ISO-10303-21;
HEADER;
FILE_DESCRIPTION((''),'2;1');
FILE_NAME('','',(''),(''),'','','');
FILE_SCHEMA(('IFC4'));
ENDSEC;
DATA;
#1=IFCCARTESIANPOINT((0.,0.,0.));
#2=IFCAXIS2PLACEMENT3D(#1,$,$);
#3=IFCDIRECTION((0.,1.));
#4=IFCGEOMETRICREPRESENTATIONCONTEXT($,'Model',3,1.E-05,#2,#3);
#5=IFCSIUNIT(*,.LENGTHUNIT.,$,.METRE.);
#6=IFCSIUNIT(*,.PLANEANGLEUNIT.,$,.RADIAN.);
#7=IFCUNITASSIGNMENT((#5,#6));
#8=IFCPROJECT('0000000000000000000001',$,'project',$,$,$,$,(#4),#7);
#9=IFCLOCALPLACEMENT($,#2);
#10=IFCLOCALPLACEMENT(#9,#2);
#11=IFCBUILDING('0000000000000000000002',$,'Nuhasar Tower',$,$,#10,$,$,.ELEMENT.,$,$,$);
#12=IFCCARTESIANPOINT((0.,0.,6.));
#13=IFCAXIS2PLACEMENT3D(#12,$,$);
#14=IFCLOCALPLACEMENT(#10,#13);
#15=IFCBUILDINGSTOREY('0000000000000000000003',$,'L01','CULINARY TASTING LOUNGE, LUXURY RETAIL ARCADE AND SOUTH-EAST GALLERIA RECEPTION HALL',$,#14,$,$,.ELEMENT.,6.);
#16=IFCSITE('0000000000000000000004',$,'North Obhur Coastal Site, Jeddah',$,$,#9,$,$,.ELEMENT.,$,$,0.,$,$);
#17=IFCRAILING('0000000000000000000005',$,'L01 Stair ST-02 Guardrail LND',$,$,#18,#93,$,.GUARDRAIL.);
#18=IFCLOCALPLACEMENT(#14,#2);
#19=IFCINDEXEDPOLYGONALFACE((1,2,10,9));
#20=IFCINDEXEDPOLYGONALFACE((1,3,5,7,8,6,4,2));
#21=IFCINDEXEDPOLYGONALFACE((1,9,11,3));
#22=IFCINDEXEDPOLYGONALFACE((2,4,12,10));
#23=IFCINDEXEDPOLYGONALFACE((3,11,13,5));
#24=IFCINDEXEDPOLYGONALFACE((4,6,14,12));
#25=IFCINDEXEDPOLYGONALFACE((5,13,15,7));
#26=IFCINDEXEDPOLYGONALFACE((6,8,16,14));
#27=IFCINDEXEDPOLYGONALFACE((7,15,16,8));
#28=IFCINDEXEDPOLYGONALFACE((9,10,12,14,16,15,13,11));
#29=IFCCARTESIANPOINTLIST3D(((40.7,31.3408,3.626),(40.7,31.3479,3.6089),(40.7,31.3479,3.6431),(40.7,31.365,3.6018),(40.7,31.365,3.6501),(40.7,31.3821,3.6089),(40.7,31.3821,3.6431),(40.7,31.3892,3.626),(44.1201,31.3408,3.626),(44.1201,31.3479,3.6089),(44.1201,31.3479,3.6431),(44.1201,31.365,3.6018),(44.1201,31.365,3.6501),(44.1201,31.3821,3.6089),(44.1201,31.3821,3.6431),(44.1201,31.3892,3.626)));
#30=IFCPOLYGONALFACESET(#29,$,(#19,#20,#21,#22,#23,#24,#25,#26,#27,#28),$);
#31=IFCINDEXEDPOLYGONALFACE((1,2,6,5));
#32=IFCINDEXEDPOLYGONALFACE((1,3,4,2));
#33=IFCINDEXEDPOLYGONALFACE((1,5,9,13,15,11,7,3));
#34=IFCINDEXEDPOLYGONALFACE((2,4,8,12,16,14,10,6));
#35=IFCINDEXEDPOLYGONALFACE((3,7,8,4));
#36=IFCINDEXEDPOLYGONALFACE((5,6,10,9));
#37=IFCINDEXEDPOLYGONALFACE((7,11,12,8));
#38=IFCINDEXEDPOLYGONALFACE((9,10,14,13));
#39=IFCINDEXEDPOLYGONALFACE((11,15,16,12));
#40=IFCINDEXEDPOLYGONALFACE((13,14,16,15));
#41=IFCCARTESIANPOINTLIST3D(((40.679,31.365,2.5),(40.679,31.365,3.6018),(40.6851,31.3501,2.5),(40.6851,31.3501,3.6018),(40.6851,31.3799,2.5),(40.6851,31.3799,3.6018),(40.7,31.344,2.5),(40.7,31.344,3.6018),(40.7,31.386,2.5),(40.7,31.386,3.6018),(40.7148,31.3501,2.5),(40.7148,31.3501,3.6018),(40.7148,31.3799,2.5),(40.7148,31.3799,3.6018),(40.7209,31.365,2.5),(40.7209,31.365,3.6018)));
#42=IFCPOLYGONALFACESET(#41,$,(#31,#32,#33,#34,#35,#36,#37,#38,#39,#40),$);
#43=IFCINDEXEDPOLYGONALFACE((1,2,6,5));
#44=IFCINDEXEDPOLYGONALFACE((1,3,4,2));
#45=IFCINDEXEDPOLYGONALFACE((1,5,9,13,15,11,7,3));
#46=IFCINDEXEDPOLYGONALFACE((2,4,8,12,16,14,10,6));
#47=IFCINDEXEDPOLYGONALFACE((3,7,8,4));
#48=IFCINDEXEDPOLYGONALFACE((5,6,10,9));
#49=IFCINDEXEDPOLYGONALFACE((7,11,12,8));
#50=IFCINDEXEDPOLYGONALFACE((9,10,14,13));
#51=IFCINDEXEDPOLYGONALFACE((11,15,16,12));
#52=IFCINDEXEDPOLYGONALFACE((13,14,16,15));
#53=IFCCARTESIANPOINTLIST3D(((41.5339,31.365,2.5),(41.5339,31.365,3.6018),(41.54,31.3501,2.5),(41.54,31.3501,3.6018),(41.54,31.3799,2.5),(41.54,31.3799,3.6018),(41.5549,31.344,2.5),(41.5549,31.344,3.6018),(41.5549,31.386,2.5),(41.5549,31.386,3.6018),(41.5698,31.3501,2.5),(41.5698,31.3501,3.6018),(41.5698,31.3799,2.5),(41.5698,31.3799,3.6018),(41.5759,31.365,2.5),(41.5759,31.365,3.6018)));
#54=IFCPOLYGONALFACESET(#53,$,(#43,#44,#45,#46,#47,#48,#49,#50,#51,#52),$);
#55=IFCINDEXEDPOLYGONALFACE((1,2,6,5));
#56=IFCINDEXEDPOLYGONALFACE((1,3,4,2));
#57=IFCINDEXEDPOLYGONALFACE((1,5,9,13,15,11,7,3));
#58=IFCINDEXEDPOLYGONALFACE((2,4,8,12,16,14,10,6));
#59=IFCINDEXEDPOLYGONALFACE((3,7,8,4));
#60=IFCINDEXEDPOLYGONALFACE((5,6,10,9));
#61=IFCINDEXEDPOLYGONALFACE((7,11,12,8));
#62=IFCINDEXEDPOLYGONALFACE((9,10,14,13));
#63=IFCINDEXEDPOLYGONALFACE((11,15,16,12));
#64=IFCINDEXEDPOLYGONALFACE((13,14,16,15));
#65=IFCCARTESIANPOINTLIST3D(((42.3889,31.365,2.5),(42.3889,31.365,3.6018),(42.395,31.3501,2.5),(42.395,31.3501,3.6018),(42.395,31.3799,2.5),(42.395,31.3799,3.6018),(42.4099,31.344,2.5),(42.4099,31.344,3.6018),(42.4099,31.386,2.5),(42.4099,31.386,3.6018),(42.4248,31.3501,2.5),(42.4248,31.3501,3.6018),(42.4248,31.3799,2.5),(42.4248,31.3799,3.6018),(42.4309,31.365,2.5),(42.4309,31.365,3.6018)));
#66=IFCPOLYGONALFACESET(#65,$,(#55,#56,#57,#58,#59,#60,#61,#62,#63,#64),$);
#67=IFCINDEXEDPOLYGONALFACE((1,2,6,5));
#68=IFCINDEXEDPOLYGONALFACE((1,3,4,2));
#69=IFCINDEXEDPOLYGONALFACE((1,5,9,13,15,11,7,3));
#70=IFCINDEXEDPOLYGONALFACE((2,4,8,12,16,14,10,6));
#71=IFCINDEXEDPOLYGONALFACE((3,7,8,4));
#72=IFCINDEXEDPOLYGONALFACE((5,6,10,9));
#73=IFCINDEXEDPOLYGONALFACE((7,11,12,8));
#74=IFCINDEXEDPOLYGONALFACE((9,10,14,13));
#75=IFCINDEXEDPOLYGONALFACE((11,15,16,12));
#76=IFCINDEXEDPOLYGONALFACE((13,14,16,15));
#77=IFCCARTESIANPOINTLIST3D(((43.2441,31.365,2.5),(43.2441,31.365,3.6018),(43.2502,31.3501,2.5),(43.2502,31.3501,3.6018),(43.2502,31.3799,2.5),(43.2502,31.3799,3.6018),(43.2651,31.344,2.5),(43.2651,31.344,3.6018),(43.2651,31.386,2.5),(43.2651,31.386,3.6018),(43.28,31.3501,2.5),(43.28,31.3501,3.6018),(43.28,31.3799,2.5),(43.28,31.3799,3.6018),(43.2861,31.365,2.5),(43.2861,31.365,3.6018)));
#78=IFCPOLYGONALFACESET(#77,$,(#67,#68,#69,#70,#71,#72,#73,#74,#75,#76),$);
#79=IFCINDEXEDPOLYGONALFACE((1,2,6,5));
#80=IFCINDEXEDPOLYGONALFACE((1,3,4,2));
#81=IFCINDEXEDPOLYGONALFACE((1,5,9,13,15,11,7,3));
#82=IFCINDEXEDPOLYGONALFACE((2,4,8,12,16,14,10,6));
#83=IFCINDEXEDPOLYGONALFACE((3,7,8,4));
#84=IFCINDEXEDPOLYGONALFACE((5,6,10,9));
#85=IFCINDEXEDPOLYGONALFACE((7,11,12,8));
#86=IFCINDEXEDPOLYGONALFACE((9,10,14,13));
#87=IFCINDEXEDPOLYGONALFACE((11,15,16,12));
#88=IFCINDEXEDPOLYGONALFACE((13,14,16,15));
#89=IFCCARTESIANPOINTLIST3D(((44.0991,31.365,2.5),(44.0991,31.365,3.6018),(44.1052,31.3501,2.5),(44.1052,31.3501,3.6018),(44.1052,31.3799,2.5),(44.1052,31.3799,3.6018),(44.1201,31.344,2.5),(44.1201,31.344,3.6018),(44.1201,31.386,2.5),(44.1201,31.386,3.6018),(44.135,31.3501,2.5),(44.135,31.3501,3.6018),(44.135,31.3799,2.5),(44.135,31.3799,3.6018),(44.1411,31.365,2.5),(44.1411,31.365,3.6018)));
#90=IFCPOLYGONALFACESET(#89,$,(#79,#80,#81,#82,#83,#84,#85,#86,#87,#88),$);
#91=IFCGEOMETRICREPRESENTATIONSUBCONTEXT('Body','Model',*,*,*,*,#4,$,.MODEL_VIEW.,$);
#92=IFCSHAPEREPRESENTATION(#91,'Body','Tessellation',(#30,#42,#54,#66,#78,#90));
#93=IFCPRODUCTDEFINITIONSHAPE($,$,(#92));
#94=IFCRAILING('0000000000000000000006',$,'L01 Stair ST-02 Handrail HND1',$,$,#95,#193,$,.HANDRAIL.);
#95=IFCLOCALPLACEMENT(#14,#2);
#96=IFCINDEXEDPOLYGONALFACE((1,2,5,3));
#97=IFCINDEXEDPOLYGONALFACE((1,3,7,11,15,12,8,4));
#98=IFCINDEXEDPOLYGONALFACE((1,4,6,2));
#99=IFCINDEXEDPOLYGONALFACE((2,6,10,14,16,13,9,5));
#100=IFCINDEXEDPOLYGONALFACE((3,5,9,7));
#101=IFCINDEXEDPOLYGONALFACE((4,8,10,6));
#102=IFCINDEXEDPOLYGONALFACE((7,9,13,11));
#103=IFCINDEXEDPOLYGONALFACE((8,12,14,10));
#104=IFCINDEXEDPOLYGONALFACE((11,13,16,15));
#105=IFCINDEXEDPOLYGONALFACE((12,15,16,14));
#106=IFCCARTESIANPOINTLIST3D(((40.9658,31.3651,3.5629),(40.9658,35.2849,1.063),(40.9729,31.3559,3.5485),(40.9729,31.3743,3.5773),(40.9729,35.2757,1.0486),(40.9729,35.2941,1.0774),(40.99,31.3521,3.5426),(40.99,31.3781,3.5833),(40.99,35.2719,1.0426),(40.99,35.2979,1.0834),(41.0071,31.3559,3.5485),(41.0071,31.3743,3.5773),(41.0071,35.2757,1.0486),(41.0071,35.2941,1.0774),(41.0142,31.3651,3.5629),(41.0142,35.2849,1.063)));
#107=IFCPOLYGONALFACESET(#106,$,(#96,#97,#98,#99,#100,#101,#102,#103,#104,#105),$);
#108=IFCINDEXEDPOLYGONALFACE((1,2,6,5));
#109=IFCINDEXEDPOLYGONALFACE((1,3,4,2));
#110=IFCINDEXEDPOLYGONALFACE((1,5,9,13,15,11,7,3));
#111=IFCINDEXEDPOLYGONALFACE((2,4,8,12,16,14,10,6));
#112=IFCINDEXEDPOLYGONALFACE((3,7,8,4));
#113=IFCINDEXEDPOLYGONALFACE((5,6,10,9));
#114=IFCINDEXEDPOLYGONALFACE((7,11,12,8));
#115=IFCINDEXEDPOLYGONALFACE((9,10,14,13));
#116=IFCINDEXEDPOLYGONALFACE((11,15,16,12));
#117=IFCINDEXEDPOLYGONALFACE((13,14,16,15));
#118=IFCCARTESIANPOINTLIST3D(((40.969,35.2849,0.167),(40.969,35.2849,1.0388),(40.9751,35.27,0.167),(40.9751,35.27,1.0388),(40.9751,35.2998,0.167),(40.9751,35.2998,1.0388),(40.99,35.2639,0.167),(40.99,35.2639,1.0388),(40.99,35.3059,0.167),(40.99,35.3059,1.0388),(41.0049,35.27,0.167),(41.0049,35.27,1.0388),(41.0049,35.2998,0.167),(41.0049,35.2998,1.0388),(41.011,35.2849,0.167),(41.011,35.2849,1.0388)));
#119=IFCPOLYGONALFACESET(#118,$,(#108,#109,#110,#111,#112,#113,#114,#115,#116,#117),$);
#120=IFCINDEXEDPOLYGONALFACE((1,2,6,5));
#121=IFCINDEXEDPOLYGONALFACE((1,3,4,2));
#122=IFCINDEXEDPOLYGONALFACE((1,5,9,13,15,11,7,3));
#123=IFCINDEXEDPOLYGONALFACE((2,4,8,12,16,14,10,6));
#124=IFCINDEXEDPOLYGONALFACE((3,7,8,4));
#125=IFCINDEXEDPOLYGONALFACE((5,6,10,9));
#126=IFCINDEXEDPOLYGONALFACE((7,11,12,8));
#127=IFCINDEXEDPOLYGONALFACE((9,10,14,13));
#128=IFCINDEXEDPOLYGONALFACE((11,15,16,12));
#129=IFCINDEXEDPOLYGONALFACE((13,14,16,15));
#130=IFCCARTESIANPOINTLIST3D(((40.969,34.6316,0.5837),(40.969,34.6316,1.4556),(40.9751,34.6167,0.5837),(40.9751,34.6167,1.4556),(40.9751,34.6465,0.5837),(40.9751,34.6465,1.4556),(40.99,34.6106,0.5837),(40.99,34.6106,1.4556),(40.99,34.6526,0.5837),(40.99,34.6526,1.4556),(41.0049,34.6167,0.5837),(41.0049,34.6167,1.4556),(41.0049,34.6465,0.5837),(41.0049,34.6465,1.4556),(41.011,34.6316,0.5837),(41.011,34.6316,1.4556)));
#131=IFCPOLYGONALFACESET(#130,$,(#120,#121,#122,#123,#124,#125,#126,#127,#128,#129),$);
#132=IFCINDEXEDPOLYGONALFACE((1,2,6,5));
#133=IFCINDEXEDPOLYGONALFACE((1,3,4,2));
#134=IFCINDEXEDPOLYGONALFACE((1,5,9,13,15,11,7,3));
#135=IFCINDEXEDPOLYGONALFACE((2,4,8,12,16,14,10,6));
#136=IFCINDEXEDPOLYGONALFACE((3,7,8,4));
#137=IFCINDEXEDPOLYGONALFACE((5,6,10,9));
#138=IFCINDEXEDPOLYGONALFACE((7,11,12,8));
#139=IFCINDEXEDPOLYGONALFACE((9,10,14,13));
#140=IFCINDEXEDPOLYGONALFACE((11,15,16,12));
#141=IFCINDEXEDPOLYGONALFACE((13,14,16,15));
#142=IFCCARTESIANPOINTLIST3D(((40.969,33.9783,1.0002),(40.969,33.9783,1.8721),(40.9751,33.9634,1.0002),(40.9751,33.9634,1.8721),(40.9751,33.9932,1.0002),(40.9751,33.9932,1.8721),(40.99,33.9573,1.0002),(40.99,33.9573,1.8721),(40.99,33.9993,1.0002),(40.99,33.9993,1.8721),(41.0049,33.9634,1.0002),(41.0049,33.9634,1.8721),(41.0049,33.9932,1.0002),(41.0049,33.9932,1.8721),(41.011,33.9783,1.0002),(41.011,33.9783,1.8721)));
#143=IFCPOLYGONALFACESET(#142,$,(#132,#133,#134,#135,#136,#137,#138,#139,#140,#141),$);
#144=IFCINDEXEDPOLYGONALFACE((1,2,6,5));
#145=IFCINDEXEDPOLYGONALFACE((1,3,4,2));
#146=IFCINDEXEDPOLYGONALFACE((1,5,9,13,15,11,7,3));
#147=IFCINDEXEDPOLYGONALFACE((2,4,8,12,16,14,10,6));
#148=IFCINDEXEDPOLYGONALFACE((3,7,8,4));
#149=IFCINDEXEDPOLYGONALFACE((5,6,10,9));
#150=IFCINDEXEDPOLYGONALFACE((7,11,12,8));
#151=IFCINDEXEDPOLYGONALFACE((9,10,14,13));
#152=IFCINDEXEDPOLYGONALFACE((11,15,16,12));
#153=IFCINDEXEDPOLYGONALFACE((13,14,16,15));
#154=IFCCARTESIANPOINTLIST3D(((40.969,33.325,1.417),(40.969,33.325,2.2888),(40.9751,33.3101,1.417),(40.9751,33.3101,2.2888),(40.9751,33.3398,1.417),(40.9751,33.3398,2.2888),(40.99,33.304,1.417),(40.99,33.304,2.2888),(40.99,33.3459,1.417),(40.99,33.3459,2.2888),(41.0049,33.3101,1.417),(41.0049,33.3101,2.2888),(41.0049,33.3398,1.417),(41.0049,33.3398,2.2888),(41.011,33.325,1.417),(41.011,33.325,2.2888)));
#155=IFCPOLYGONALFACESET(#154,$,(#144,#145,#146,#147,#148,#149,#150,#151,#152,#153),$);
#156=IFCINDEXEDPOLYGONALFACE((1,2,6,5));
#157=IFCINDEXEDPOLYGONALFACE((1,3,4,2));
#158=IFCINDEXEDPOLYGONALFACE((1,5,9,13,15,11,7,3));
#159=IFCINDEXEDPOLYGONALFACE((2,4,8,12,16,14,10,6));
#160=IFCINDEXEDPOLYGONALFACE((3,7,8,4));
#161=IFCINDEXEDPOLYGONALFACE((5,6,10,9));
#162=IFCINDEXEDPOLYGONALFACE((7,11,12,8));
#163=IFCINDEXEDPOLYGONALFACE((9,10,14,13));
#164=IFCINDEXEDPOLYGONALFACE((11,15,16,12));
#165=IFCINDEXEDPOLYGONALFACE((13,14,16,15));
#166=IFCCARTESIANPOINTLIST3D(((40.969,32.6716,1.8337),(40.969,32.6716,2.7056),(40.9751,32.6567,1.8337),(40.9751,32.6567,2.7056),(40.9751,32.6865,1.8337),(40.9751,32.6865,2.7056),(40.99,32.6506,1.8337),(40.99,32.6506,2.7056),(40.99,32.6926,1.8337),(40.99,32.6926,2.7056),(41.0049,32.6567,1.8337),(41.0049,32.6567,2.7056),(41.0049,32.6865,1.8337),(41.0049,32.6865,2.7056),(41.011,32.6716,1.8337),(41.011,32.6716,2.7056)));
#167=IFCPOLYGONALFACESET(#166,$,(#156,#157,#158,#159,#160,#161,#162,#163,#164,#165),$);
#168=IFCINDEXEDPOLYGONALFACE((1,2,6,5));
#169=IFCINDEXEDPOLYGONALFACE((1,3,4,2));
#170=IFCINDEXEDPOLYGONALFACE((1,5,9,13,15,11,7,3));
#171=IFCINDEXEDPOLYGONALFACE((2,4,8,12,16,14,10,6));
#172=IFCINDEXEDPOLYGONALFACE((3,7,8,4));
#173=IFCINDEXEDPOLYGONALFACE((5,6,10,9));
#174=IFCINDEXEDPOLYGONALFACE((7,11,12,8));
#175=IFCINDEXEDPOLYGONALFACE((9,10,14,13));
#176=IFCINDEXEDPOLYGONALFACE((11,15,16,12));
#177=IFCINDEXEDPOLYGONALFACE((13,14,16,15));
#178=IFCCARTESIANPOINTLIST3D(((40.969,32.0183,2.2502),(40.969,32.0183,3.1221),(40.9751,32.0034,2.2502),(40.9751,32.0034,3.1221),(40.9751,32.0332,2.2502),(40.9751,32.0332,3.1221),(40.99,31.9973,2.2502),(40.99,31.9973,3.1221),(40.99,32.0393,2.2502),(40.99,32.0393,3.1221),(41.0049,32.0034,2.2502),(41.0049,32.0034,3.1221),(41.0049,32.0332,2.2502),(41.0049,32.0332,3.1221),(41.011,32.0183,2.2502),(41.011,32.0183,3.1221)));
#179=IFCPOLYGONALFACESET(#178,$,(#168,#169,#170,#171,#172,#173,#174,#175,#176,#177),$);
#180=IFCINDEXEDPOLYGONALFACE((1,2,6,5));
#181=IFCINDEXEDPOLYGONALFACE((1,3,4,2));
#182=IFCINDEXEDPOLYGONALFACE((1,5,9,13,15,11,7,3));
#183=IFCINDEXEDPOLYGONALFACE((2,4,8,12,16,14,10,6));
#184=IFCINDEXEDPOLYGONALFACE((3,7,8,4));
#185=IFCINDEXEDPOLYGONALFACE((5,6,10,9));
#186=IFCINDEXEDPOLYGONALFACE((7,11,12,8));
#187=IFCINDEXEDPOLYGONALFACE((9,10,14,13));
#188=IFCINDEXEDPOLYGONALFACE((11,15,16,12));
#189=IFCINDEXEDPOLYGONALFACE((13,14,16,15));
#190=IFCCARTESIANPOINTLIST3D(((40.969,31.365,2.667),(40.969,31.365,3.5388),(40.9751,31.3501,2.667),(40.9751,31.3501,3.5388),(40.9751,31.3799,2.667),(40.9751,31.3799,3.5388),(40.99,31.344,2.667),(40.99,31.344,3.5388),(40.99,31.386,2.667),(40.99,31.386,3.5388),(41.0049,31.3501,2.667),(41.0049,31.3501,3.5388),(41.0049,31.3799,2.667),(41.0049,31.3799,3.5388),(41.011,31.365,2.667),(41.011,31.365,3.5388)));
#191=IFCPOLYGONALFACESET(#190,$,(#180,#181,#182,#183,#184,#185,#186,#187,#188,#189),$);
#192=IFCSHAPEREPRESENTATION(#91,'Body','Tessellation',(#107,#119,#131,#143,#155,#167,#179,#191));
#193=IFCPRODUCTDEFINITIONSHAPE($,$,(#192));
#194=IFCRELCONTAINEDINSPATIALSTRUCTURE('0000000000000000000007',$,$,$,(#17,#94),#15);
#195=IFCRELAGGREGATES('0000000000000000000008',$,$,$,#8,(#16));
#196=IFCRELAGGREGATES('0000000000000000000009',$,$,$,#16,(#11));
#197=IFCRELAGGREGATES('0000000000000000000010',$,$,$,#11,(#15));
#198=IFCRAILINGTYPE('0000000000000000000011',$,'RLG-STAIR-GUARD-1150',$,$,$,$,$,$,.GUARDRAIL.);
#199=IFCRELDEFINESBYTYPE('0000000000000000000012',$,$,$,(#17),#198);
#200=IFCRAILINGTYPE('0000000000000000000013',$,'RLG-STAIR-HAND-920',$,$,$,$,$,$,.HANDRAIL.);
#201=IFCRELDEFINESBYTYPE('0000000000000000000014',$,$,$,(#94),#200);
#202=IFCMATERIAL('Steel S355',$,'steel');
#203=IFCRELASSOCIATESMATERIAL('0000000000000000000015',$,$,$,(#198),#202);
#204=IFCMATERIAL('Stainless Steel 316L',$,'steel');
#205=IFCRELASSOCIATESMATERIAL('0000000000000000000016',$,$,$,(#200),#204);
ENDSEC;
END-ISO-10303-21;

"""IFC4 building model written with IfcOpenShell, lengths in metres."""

from ifc_helpers import new_model, si_unit, direction, frame, origin, place, context, subcontext, project, spatial, polyline, outline, extrude, material, type_object, element, save


model = new_model("IFC4")

# Units and contexts
model_context = context("Model", 3, precision=1e-05, world=origin(), true_north=direction((0.0, 1.0)))
body_context = subcontext(model_context, "Body", "Model", "MODEL_VIEW")
ifc_project = project(units=[si_unit("LENGTHUNIT", "METRE"), si_unit("PLANEANGLEUNIT", "RADIAN")], contexts=[model_context])

# Site, building, storey
site_placement = place(None, origin())
site = spatial("IfcSite", under=ifc_project, at=site_placement, Name="North Obhur Coastal Site, Jeddah", CompositionType="ELEMENT", RefElevation=0.0)
building_placement = place(site_placement, origin())
building = spatial("IfcBuilding", under=site, at=building_placement, Name="Nuhasar Tower", CompositionType="ELEMENT")
storey_placement = place(building_placement, frame((0.0, 0.0, 6.0)))
storey = spatial("IfcBuildingStorey", under=building, at=storey_placement, Name="L01", Description="CULINARY TASTING LOUNGE, LUXURY RETAIL ARCADE AND SOUTH-EAST GALLERIA RECEPTION HALL", CompositionType="ELEMENT", Elevation=6.0)

# Shared definitions
ifc_material_1 = material(Name="Steel S355", Category="steel")

# Railings
railing_type_1 = type_object("IfcRailingType", Name="RLG-STAIR-GUARD-1150", PredefinedType="GUARDRAIL", material=ifc_material_1)
railing_1_placement = place(storey_placement, frame((40.7, 31.365, 2.5)))
element("IfcRailing", 1, at=railing_1_placement, inside=storey, type_object=railing_type_1, Name="L01 Stair ST-02 Guardrail LND", PredefinedType="GUARDRAIL", context=body_context, shape_type="SweptSolid", body=[
    extrude(outline(polyline([(0.0242, 0.0), (0.0171, 0.0171), (0.0, 0.0242), (-0.0171, 0.0171), (-0.0242, 0.0), (-0.0171, -0.0171), (0.0, -0.0242), (0.0171, -0.0171), (0.0242, 0.0)])), frame((0.0, 0.0, 1.126), z_axis=(1.0, 0.0, 0.0), x_axis=(0.0, 1.0, 0.0)), (0.0, 0.0, 1.0), 3.4202),
    extrude(outline(polyline([(0.021, 0.0), (0.0149, 0.0149), (0.0, 0.021), (-0.0149, 0.0149), (-0.021, 0.0), (-0.0149, -0.0149), (0.0, -0.021), (0.0149, -0.0149), (0.021, 0.0)])), origin(), (0.0, 0.0, 1.0), 1.1018),
    extrude(outline(polyline([(0.021, 0.0), (0.0149, 0.0149), (0.0, 0.021), (-0.0149, 0.0149), (-0.021, 0.0), (-0.0149, -0.0149), (0.0, -0.021), (0.0149, -0.0149), (0.021, 0.0)])), frame((0.855, 0.0, 0.0)), (0.0, 0.0, 1.0), 1.1018),
    extrude(outline(polyline([(0.021, 0.0), (0.0149, 0.0149), (0.0, 0.021), (-0.0149, 0.0149), (-0.021, 0.0), (-0.0149, -0.0149), (0.0, -0.021), (0.0149, -0.0149), (0.021, 0.0)])), frame((1.71, 0.0, 0.0)), (0.0, 0.0, 1.0), 1.1018),
    extrude(outline(polyline([(0.021, 0.0), (0.0149, 0.0149), (0.0, 0.021), (-0.0149, 0.0149), (-0.021, 0.0), (-0.0149, -0.0149), (0.0, -0.021), (0.0149, -0.0149), (0.021, 0.0)])), frame((2.5652, 0.0, 0.0)), (0.0, 0.0, 1.0), 1.1018),
    extrude(outline(polyline([(0.021, 0.0), (0.0149, 0.0149), (0.0, 0.021), (-0.0149, 0.0149), (-0.021, 0.0), (-0.0149, -0.0149), (0.0, -0.021), (0.0149, -0.0149), (0.021, 0.0)])), frame((3.4202, 0.0, 0.0)), (0.0, 0.0, 1.0), 1.1018),
])
ifc_material_2 = material(Name="Stainless Steel 316L", Category="steel")
railing_type_2 = type_object("IfcRailingType", Name="RLG-STAIR-HAND-920", PredefinedType="HANDRAIL", material=ifc_material_2)
railing_2_placement = place(storey_placement, frame((40.99, 35.2849, 0.167)))
element("IfcRailing", 2, at=railing_2_placement, inside=storey, type_object=railing_type_2, Name="L01 Stair ST-02 Handrail HND1", PredefinedType="HANDRAIL", context=body_context, shape_type="SweptSolid", body=[
    extrude(outline(polyline([(0.0242, 0.0), (0.0171, 0.0171), (0.0, 0.0242), (-0.0171, 0.0171), (-0.0242, 0.0), (-0.0171, -0.0171), (0.0, -0.0242), (0.0171, -0.0171), (0.0242, 0.0)])), frame((0.0, 0.0, 0.896), z_axis=(0.0, -0.843125, 0.537718), x_axis=(1.0, 0.0, 0.0)), (0.0, 0.0, 1.0), 4.6492),
    extrude(outline(polyline([(0.021, 0.0), (0.0149, 0.0149), (0.0, 0.021), (-0.0149, 0.0149), (-0.021, 0.0), (-0.0149, -0.0149), (0.0, -0.021), (0.0149, -0.0149), (0.021, 0.0)])), origin(), (0.0, 0.0, 1.0), 0.8718),
    extrude(outline(polyline([(0.021, 0.0), (0.0149, 0.0149), (0.0, 0.021), (-0.0149, 0.0149), (-0.021, 0.0), (-0.0149, -0.0149), (0.0, -0.021), (0.0149, -0.0149), (0.021, 0.0)])), frame((0.0, -0.6533, 0.4167)), (0.0, 0.0, 1.0), 0.8718),
    extrude(outline(polyline([(0.021, 0.0), (0.0149, 0.0149), (0.0, 0.021), (-0.0149, 0.0149), (-0.021, 0.0), (-0.0149, -0.0149), (0.0, -0.021), (0.0149, -0.0149), (0.021, 0.0)])), frame((0.0, -1.3066, 0.8333)), (0.0, 0.0, 1.0), 0.8718),
    extrude(outline(polyline([(0.021, 0.0), (0.0149, 0.0149), (0.0, 0.021), (-0.0149, 0.0149), (-0.021, 0.0), (-0.0149, -0.0149), (0.0, -0.021), (0.0149, -0.0149), (0.021, 0.0)])), frame((0.0, -1.96, 1.25)), (0.0, 0.0, 1.0), 0.8718),
    extrude(outline(polyline([(0.021, 0.0), (0.0149, 0.0149), (0.0, 0.021), (-0.0149, 0.0149), (-0.021, 0.0), (-0.0149, -0.0149), (0.0, -0.021), (0.0149, -0.0149), (0.021, 0.0)])), frame((0.0, -2.6133, 1.6667)), (0.0, 0.0, 1.0), 0.8718),
    extrude(outline(polyline([(0.021, 0.0), (0.0149, 0.0149), (0.0, 0.021), (-0.0149, 0.0149), (-0.021, 0.0), (-0.0149, -0.0149), (0.0, -0.021), (0.0149, -0.0149), (0.021, 0.0)])), frame((0.0, -3.2666, 2.0833)), (0.0, 0.0, 1.0), 0.8718),
    extrude(outline(polyline([(0.021, 0.0), (0.0149, 0.0149), (0.0, 0.021), (-0.0149, 0.0149), (-0.021, 0.0), (-0.0149, -0.0149), (0.0, -0.021), (0.0149, -0.0149), (0.021, 0.0)])), frame((0.0, -3.9199, 2.5)), (0.0, 0.0, 1.0), 0.8718),
])

save(model, "model.ifc")
